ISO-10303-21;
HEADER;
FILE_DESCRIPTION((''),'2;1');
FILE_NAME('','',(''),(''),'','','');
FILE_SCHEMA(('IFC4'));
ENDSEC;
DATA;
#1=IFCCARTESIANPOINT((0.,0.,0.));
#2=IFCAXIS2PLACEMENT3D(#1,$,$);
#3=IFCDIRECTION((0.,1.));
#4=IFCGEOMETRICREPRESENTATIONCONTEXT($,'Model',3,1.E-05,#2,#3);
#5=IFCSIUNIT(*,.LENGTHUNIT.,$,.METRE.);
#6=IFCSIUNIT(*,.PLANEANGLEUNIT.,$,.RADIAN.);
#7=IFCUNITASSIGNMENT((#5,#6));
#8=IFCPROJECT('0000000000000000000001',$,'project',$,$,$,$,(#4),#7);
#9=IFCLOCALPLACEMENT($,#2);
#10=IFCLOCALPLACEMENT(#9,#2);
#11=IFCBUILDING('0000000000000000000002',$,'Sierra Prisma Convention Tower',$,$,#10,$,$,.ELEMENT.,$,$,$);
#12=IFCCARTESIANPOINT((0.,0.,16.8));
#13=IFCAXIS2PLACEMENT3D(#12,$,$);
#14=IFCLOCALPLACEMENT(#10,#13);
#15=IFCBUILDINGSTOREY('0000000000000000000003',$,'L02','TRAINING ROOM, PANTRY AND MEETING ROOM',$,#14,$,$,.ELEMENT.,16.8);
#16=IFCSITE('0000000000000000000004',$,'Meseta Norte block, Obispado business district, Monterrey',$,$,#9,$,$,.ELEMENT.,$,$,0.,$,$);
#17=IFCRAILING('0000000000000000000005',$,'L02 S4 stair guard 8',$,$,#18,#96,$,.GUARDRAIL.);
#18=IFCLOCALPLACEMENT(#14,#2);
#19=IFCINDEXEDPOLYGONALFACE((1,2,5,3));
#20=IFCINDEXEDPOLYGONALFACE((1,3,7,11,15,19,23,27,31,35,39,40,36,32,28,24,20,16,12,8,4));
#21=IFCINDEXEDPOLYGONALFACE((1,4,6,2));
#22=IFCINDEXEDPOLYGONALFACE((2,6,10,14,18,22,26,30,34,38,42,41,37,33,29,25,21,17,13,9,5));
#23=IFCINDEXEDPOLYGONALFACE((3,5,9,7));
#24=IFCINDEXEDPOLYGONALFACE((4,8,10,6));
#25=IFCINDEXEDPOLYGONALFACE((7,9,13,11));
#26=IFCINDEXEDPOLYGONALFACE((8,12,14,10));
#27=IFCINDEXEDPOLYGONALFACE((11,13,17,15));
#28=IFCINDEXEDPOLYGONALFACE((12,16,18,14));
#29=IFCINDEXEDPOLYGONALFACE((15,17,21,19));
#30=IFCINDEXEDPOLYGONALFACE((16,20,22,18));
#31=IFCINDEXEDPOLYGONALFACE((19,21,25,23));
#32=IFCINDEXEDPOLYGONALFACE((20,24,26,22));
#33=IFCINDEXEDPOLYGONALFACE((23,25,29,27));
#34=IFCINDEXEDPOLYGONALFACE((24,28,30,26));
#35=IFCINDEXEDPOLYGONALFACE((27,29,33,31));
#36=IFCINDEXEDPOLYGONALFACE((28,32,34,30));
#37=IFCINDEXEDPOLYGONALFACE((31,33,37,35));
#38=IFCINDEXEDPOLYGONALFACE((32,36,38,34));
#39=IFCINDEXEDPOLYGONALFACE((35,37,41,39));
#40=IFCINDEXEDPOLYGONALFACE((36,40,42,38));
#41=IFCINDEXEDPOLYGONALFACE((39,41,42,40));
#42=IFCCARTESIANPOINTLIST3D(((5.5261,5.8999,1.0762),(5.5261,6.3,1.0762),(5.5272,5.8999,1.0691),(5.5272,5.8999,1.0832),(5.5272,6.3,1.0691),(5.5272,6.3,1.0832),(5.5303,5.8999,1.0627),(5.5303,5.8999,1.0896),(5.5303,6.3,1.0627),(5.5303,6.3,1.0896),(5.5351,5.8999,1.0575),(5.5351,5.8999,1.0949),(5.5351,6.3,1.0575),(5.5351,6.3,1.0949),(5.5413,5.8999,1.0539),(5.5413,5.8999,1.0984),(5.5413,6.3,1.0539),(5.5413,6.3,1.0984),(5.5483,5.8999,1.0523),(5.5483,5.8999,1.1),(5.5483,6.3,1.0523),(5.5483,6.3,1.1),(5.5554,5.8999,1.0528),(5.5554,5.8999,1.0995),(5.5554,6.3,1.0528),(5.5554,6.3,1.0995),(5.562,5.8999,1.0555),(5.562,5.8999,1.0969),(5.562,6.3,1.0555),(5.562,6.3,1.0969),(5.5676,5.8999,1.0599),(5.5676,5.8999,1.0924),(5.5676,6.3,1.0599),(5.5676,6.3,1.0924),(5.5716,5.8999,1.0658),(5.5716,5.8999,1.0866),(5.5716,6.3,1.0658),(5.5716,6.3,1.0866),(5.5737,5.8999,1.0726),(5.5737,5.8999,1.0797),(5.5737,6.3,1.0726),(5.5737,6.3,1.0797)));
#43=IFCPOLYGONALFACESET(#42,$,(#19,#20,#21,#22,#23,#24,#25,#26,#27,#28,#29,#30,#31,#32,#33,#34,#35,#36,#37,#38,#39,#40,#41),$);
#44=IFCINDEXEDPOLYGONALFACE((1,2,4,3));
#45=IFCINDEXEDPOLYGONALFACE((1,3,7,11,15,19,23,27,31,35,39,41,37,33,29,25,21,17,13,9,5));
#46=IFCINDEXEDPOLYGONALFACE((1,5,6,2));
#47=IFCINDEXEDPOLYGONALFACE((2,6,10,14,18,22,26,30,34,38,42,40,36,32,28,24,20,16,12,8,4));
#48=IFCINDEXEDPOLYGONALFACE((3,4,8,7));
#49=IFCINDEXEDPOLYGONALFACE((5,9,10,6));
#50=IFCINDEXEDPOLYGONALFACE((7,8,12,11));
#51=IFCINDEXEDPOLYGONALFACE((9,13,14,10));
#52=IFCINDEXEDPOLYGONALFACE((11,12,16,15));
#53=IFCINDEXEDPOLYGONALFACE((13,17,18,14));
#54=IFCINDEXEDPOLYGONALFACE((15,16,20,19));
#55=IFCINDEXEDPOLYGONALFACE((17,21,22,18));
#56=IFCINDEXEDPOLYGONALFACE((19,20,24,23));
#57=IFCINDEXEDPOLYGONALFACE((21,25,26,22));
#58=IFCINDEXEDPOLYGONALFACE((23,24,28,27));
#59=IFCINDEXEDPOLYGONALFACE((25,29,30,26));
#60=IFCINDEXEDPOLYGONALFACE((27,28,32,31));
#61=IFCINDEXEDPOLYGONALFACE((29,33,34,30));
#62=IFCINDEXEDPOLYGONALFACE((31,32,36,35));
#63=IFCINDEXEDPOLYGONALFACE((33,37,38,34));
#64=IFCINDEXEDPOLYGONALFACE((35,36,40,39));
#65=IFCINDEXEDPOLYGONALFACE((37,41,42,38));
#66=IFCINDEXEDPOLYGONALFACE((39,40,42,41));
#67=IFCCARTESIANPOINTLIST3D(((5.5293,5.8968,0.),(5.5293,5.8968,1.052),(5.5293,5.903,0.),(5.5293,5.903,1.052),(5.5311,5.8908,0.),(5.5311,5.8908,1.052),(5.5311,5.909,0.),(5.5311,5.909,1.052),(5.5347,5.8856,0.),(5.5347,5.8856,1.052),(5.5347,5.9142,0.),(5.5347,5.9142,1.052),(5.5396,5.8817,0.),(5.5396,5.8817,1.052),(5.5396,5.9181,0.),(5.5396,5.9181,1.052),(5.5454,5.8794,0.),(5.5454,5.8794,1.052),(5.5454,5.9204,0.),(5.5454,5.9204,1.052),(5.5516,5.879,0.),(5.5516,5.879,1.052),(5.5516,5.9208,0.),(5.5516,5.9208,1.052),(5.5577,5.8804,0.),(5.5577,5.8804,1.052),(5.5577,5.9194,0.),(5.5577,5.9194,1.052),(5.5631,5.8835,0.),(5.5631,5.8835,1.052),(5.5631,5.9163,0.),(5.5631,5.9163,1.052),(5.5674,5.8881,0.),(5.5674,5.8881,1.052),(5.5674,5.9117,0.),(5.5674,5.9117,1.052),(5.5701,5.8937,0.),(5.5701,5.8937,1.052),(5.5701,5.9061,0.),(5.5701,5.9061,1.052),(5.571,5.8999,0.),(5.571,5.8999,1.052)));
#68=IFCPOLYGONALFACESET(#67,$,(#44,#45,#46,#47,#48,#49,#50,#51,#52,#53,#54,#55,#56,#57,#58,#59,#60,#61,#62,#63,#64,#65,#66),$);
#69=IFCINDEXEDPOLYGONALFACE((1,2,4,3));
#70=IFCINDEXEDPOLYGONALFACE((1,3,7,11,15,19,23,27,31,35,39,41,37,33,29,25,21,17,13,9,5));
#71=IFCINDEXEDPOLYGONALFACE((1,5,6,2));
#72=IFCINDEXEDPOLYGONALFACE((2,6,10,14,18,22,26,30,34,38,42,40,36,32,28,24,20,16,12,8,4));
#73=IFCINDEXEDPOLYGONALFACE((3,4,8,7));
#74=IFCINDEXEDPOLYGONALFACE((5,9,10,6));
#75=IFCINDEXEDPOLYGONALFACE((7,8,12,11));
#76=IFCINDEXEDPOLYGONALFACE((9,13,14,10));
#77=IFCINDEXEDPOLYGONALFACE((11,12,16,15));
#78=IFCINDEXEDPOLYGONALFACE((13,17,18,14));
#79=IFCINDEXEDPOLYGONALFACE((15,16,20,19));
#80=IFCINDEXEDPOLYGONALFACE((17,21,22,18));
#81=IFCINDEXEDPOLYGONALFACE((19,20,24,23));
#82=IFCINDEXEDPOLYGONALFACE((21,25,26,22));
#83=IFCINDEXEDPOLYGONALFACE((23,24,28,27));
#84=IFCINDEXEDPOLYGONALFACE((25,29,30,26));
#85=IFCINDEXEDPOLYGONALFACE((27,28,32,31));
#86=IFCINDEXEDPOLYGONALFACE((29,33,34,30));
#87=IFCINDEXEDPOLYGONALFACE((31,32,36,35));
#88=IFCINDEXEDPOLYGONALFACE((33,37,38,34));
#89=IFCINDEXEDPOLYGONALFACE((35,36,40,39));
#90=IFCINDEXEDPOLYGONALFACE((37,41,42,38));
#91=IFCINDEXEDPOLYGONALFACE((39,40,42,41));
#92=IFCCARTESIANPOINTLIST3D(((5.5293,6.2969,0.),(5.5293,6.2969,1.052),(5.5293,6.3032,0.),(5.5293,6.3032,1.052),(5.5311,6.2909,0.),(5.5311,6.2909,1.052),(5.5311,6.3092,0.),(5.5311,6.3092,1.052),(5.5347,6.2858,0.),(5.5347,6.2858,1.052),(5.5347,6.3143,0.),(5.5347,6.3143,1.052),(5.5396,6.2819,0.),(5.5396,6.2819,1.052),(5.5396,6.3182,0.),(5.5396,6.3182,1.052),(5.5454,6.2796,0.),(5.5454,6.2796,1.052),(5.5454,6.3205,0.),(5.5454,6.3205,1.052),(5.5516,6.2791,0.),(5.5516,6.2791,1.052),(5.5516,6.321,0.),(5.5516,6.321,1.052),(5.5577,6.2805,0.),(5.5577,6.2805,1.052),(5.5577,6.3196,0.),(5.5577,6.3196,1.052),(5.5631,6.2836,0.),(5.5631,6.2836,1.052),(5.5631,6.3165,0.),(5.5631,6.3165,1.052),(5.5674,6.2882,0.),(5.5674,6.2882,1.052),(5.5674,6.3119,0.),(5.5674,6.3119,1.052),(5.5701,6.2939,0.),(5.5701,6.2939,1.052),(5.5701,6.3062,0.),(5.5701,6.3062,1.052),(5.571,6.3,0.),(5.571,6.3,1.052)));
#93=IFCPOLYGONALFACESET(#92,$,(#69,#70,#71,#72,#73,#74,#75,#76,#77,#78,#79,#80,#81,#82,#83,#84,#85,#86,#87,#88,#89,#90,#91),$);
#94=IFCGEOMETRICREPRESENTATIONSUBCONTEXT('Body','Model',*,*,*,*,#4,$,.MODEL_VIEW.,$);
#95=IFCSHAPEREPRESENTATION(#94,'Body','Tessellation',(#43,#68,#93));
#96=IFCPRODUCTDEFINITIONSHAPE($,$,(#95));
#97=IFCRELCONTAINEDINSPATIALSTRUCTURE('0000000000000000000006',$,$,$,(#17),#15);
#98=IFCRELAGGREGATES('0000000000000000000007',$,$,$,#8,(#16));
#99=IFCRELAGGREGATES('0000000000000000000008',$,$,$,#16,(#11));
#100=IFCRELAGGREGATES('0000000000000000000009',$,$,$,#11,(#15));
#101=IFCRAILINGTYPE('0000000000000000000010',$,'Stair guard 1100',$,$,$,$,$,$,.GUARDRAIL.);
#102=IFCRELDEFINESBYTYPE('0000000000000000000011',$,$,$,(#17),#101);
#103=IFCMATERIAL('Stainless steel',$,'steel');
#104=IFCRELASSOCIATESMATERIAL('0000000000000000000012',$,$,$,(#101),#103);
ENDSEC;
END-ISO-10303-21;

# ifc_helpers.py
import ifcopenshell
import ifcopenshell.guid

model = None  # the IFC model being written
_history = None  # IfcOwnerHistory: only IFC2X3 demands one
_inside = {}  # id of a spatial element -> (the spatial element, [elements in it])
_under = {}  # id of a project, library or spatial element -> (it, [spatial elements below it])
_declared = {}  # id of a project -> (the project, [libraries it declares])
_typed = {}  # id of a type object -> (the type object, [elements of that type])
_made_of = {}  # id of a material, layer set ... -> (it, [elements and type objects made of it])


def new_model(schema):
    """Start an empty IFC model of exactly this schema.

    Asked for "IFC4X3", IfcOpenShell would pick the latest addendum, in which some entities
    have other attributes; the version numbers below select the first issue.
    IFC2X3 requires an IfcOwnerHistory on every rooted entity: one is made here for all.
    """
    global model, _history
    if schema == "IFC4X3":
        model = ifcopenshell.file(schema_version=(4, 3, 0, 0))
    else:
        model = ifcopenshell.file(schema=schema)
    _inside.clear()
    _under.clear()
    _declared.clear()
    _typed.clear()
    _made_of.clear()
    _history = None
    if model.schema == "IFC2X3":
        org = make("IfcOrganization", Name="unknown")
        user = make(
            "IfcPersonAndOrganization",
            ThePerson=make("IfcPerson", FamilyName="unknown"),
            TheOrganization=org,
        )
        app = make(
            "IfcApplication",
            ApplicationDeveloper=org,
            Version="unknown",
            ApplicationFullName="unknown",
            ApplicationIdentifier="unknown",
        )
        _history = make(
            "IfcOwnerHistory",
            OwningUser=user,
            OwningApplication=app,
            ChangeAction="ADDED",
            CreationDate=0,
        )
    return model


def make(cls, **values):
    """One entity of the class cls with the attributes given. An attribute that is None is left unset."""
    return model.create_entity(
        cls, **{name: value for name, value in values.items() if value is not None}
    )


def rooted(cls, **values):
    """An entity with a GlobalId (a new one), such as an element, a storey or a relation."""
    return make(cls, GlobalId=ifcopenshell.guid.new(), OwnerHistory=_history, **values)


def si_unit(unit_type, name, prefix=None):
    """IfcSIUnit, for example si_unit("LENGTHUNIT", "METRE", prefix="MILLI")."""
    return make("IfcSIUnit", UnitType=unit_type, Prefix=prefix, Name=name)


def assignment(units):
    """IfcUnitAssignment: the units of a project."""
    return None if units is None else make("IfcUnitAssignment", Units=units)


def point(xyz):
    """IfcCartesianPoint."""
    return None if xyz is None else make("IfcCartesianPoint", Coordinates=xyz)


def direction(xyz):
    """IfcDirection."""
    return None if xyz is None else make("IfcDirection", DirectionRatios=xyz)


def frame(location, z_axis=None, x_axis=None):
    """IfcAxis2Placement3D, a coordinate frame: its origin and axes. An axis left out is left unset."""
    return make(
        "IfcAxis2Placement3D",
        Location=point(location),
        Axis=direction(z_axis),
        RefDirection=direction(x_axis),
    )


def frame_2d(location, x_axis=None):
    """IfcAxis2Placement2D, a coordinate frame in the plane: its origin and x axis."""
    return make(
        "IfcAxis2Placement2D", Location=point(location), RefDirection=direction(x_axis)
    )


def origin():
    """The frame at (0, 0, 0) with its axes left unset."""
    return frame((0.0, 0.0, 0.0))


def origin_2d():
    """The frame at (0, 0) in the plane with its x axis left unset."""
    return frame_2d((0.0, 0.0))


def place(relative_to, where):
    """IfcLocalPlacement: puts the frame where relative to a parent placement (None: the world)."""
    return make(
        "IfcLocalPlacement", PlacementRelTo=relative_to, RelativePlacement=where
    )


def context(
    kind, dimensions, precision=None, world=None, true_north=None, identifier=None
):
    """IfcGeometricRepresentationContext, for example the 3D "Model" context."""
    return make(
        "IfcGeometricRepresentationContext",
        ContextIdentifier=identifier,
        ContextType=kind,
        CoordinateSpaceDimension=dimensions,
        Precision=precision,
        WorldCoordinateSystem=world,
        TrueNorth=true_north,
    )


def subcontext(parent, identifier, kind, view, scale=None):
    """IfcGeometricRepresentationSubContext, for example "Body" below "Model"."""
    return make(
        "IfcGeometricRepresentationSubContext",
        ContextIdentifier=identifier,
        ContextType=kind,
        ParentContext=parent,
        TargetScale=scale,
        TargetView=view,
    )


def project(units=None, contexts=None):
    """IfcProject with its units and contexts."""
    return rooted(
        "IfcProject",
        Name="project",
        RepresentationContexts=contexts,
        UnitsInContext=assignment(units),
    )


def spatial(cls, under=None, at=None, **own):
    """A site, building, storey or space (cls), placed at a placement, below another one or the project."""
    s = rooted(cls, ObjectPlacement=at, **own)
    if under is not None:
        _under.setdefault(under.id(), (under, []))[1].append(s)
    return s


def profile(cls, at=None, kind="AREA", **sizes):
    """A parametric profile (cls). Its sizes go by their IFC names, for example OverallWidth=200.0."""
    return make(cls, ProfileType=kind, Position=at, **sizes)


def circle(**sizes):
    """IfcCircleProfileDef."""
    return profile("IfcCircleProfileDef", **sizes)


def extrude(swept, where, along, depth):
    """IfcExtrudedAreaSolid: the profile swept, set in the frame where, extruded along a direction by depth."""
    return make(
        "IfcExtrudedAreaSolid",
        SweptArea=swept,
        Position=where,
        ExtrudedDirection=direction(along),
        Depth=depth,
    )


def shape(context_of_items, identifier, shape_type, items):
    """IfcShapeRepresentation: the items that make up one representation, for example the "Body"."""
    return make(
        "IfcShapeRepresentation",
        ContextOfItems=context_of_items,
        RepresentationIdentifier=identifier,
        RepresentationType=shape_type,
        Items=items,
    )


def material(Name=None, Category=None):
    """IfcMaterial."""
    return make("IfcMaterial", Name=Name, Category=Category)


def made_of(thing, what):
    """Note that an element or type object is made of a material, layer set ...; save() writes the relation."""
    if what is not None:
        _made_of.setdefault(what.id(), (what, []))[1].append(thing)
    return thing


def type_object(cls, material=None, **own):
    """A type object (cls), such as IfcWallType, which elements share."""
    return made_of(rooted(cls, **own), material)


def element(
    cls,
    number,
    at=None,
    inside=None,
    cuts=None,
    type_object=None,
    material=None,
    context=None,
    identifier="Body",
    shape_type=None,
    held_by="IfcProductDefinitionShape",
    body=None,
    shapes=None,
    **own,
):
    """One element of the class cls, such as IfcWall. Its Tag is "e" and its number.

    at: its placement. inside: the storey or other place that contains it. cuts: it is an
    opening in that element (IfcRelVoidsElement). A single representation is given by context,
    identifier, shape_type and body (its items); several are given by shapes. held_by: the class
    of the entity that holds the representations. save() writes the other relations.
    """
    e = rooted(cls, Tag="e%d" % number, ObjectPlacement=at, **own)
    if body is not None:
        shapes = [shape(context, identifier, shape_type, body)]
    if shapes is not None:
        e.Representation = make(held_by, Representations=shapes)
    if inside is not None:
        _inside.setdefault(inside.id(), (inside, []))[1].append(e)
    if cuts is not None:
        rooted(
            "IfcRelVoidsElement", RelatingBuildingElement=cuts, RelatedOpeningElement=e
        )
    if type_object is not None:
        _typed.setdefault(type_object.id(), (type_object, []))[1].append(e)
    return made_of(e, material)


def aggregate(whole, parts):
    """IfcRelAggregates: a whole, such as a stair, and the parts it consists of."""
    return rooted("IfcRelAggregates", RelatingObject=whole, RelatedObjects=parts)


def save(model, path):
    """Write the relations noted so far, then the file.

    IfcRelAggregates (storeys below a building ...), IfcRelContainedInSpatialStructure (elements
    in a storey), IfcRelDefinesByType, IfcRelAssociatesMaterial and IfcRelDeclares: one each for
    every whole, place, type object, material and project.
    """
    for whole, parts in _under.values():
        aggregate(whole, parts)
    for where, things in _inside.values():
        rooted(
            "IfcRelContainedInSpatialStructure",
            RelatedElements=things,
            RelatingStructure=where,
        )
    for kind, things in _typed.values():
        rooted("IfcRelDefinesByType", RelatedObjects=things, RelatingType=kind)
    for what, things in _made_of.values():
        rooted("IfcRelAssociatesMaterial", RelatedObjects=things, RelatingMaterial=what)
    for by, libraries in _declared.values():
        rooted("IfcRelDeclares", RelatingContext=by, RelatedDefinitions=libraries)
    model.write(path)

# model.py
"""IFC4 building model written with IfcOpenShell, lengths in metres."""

from ifc_helpers import new_model, si_unit, direction, frame, origin, origin_2d, place, context, subcontext, project, spatial, circle, extrude, material, type_object, element, save


model = new_model("IFC4")

# Units and contexts
model_context = context("Model", 3, precision=1e-05, world=origin(), true_north=direction((0.0, 1.0)))
body_context = subcontext(model_context, "Body", "Model", "MODEL_VIEW")
ifc_project = project(units=[si_unit("LENGTHUNIT", "METRE"), si_unit("PLANEANGLEUNIT", "RADIAN")], contexts=[model_context])

# Site, building, storey
site_placement = place(None, origin())
site = spatial("IfcSite", under=ifc_project, at=site_placement, Name="Meseta Norte block, Obispado business district, Monterrey", CompositionType="ELEMENT", RefElevation=0.0)
building_placement = place(site_placement, origin())
building = spatial("IfcBuilding", under=site, at=building_placement, Name="Sierra Prisma Convention Tower", CompositionType="ELEMENT")
storey_placement = place(building_placement, frame((0.0, 0.0, 16.8)))
storey = spatial("IfcBuildingStorey", under=building, at=storey_placement, Name="L02", Description="TRAINING ROOM, PANTRY AND MEETING ROOM", CompositionType="ELEMENT", Elevation=16.8)

# Railing
ifc_material_1 = material(Name="Stainless steel", Category="steel")
railing_type_1 = type_object("IfcRailingType", Name="Stair guard 1100", PredefinedType="GUARDRAIL", material=ifc_material_1)
railing_1_placement = place(storey_placement, frame((5.55, 5.8999, 0.0)))
element("IfcRailing", 1, at=railing_1_placement, inside=storey, type_object=railing_type_1, Name="L02 S4 stair guard 8", PredefinedType="GUARDRAIL", context=body_context, shape_type="SweptSolid", body=[
    extrude(circle(Radius=0.0239, at=origin_2d()), frame((0.0, 0.0, 1.0762), z_axis=(0.0, 1.0, 0.0), x_axis=(-1.0, 0.0, 0.0)), (0.0, 0.0, 1.0), 0.4001),
    extrude(circle(Radius=0.021, at=origin_2d()), origin(), (0.0, 0.0, 1.0), 1.052),
    extrude(circle(Radius=0.021, at=origin_2d()), frame((0.0, 0.4001, 0.0)), (0.0, 0.0, 1.0), 1.052),
])

save(model, "model.ifc")
